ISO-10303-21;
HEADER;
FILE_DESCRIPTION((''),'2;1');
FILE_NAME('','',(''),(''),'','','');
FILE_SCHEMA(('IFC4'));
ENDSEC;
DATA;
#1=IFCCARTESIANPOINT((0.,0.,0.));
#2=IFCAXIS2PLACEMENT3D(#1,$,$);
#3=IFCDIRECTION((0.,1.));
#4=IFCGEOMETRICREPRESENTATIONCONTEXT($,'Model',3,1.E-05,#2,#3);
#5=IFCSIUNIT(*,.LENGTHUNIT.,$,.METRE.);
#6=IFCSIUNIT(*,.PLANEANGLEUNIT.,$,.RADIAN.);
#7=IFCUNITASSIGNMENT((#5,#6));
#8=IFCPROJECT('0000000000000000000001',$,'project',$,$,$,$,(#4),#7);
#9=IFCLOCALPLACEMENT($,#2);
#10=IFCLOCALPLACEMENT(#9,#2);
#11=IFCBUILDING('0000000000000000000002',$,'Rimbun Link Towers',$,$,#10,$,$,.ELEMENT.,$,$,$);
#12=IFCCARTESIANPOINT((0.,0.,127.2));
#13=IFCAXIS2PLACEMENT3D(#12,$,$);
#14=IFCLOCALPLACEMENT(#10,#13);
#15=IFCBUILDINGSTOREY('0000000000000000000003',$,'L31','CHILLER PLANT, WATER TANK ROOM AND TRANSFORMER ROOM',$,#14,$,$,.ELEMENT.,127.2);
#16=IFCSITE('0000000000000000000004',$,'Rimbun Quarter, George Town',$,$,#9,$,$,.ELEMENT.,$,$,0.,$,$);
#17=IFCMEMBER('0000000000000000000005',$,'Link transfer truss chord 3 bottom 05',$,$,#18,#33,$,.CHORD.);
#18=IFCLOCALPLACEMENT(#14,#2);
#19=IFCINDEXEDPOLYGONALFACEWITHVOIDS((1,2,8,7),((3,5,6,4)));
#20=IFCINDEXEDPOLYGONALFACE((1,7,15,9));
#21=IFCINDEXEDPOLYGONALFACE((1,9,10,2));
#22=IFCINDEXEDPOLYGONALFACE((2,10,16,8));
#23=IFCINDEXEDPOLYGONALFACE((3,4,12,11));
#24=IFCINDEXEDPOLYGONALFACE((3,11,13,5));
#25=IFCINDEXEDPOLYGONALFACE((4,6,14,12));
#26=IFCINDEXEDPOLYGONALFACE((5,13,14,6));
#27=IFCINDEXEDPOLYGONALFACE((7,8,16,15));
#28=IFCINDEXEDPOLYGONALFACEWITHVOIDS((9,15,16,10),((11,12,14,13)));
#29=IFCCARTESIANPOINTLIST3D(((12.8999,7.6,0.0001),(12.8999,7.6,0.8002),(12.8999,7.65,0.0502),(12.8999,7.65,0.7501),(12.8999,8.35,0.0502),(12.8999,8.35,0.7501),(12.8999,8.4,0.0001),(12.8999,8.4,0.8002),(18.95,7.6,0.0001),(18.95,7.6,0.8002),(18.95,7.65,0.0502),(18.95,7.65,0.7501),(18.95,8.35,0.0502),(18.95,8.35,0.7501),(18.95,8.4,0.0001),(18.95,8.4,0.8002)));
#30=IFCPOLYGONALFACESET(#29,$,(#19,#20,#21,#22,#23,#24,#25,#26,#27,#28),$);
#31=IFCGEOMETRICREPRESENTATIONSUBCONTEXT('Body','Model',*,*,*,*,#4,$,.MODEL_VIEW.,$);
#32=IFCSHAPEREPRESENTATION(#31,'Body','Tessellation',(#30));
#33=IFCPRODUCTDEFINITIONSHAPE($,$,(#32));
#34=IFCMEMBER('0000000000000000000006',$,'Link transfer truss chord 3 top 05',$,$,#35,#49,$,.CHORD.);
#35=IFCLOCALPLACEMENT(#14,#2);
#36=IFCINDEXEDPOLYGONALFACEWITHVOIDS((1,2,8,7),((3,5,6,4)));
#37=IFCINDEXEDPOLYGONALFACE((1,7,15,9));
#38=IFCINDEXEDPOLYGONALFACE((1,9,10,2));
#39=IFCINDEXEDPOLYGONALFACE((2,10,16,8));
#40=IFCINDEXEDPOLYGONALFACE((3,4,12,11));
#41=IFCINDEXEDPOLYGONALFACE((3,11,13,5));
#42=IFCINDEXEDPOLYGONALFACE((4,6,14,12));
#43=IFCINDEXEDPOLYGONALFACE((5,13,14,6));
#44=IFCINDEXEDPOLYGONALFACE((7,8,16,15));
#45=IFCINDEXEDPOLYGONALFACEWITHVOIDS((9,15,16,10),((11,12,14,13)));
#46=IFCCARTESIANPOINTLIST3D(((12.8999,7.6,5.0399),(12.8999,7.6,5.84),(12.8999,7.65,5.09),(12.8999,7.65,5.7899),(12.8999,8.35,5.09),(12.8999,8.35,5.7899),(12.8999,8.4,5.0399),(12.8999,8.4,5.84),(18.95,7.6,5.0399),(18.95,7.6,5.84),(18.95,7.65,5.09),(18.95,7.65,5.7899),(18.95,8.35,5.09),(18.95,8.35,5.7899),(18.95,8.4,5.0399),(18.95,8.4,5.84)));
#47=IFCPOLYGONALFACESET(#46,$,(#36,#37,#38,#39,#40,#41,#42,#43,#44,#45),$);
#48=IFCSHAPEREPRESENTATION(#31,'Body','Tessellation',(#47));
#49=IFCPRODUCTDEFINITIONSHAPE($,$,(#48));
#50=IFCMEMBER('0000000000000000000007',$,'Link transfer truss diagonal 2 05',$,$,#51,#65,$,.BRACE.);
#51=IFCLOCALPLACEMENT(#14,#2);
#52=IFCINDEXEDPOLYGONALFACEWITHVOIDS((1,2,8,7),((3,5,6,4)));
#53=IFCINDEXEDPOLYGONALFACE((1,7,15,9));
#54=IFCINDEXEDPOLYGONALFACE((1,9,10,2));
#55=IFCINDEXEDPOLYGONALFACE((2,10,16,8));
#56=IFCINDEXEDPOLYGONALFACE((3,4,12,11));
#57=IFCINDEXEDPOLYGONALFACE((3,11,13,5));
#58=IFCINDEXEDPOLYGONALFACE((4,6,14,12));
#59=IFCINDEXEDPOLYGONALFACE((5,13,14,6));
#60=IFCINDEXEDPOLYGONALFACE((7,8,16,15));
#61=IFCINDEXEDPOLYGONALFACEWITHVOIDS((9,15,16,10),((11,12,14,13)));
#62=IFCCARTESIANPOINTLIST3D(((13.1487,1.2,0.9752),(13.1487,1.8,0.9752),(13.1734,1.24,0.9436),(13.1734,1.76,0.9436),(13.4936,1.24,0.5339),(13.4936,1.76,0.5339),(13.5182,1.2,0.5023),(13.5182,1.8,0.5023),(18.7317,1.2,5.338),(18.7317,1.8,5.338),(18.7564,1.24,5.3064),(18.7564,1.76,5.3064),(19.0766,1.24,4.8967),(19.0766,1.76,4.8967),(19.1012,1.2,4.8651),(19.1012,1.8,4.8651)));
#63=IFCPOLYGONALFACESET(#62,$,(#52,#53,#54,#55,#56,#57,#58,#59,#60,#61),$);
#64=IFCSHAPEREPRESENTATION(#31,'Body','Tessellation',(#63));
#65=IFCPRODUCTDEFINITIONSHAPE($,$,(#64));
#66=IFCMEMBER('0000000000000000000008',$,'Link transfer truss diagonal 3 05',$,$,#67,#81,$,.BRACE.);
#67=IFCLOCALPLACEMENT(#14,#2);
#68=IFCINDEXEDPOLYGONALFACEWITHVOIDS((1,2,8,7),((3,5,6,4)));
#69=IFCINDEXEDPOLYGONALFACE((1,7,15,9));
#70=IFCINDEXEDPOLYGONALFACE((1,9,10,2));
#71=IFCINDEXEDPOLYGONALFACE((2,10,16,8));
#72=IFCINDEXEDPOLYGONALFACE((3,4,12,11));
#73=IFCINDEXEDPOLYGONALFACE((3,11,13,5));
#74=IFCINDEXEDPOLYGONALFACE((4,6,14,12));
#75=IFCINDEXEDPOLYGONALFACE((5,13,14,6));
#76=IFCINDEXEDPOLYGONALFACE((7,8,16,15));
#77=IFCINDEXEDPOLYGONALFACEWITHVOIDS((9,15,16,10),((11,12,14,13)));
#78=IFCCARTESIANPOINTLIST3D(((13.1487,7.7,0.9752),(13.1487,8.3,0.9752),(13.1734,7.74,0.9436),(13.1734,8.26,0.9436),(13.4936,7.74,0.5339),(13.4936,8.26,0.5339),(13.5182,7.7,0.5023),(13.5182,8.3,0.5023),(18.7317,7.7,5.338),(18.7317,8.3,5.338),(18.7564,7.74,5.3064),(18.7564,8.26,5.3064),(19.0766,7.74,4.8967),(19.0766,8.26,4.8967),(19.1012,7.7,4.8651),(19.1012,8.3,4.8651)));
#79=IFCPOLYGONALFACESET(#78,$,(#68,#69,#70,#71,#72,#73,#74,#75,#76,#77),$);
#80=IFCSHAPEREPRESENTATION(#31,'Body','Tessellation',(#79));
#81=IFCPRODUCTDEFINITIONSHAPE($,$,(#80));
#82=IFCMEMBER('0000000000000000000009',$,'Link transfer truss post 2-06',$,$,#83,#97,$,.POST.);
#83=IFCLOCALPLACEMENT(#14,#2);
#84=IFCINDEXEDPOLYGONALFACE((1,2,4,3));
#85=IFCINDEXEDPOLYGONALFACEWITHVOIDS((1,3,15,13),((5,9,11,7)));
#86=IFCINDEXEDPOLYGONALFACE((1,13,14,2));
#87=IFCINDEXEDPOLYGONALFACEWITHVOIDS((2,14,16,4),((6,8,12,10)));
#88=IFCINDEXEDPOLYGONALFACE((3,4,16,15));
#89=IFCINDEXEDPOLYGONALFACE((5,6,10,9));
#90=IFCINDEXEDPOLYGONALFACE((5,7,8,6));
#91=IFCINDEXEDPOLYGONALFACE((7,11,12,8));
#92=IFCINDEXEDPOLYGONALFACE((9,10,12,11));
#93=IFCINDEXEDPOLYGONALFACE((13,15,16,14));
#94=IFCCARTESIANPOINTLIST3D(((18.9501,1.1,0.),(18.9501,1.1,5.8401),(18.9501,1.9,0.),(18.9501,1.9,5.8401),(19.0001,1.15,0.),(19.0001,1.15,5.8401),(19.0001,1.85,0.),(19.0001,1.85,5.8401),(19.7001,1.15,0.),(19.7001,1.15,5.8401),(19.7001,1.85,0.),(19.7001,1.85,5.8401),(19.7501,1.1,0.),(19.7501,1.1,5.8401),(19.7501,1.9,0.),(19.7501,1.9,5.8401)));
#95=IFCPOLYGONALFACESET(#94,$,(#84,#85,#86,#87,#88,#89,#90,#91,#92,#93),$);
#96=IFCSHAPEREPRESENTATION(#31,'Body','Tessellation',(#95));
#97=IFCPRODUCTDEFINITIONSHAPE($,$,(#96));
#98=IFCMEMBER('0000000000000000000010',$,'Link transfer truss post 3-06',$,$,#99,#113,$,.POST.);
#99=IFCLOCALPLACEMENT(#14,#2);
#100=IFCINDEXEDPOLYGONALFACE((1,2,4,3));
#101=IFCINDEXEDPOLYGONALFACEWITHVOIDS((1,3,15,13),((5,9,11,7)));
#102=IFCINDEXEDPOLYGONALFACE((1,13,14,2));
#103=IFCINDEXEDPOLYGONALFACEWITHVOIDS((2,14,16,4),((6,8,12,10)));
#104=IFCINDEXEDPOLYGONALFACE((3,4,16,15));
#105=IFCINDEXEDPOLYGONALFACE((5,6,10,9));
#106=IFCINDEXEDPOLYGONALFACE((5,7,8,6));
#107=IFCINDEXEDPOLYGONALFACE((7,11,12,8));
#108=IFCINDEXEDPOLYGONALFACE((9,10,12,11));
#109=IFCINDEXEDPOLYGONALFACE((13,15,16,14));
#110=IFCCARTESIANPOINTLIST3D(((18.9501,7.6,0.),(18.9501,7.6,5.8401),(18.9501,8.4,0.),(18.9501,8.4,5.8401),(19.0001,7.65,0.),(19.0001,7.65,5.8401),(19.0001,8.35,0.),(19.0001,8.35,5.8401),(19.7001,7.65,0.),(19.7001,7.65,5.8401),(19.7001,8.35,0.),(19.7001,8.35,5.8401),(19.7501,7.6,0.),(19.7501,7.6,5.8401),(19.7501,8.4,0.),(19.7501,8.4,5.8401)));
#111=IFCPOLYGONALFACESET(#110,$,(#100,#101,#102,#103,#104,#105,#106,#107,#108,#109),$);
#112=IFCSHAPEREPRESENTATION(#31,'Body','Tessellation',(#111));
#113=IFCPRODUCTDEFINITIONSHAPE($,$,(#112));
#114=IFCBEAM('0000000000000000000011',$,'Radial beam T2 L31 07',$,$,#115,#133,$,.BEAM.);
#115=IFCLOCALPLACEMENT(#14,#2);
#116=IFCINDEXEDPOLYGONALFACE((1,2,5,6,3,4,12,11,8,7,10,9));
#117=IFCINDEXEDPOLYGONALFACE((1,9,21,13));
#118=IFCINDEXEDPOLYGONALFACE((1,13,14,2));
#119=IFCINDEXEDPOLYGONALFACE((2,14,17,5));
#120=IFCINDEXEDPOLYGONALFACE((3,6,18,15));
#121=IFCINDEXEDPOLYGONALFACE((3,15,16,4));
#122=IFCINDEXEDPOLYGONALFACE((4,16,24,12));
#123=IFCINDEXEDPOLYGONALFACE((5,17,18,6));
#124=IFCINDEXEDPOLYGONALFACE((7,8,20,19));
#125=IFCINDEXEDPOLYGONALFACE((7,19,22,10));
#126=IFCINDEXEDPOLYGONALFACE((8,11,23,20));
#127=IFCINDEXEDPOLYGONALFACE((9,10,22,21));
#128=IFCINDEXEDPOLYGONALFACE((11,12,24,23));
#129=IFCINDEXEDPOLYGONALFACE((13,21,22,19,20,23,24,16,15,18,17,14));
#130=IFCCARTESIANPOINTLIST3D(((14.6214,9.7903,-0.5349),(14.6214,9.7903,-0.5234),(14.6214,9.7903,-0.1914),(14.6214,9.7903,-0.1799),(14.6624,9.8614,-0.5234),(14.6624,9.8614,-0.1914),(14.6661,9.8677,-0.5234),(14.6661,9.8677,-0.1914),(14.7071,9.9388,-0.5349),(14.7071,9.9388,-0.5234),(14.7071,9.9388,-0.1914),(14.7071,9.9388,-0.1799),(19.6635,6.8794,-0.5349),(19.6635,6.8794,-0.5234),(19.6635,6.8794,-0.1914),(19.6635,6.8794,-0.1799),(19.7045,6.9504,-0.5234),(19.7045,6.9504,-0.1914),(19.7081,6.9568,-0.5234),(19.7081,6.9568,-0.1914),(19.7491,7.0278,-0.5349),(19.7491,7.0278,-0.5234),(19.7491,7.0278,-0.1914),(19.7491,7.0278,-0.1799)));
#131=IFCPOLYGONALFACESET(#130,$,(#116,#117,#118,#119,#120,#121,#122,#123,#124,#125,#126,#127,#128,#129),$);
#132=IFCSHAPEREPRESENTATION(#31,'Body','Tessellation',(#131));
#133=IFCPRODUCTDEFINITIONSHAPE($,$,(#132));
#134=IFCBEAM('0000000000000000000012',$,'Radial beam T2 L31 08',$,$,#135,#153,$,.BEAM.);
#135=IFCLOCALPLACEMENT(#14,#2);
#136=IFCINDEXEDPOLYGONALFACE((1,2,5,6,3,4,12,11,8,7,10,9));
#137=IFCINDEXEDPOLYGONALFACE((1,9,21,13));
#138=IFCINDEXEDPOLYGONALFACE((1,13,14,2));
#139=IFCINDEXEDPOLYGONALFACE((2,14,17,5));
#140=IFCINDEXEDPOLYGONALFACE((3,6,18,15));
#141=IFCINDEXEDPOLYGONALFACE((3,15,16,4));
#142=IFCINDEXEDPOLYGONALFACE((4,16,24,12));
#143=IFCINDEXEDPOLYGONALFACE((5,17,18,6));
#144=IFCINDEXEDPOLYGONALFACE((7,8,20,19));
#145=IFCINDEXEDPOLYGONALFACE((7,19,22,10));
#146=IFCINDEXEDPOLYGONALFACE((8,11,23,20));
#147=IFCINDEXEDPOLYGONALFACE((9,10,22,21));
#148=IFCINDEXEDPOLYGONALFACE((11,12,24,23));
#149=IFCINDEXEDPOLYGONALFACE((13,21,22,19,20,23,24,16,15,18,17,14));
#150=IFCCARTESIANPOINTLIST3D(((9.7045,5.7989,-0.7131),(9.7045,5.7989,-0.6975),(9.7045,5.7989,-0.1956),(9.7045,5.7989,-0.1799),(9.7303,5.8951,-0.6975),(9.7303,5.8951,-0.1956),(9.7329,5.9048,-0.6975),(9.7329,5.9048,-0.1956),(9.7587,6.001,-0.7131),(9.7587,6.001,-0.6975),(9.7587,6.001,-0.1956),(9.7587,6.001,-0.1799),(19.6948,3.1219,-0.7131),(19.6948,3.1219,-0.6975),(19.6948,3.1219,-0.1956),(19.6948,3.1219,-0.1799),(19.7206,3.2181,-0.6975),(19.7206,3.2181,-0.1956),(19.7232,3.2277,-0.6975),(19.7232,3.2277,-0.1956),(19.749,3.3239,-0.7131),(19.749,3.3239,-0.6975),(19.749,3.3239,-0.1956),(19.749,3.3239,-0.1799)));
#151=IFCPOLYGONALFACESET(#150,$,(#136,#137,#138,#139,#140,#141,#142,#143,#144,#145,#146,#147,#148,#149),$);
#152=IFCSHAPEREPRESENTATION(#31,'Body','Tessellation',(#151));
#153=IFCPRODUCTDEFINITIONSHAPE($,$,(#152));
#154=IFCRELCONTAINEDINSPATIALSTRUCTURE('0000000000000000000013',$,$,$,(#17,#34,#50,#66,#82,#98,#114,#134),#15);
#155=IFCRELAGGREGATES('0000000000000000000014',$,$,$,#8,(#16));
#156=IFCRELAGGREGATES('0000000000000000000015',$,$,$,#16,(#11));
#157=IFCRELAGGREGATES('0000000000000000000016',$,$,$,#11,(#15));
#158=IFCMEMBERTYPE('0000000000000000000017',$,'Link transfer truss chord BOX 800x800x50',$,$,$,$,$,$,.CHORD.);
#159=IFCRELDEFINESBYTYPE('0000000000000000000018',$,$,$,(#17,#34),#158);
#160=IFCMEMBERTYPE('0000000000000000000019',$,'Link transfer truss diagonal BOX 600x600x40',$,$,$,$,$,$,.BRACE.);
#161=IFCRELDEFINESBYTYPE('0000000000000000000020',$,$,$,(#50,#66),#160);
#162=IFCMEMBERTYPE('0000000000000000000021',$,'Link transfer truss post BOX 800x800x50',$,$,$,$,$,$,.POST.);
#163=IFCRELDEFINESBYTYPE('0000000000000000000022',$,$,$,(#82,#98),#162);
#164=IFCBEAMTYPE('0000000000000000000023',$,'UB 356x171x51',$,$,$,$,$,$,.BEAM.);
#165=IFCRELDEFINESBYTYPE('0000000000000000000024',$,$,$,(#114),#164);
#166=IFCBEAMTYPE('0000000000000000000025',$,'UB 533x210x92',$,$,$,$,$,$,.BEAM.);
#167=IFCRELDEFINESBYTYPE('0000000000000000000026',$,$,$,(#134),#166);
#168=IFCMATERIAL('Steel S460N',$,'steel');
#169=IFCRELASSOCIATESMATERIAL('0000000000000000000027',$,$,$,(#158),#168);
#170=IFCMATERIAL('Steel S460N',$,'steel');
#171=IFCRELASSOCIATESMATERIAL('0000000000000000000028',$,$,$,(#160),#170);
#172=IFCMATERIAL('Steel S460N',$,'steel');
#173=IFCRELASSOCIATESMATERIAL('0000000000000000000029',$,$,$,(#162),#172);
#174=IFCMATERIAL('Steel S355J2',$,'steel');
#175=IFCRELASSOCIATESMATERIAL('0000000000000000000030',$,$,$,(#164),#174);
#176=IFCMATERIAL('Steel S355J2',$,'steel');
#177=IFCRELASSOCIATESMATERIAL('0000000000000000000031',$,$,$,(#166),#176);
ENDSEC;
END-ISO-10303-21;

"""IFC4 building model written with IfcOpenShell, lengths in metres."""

from ifc_helpers import new_model, si_unit, direction, frame, origin, origin_2d, place, context, subcontext, project, spatial, hollow_rectangle, i_section, extrude, material, material_profile, profile_set, type_object, element, save


model = new_model("IFC4")

# Units and contexts
model_context = context("Model", 3, precision=1e-05, world=origin(), true_north=direction((0.0, 1.0)))
body_context = subcontext(model_context, "Body", "Model", "MODEL_VIEW")
ifc_project = project(units=[si_unit("LENGTHUNIT", "METRE"), si_unit("PLANEANGLEUNIT", "RADIAN")], contexts=[model_context])

# Site, building, storey
site_placement = place(None, origin())
site = spatial("IfcSite", under=ifc_project, at=site_placement, Name="Rimbun Quarter, George Town", CompositionType="ELEMENT", RefElevation=0.0)
building_placement = place(site_placement, origin())
building = spatial("IfcBuilding", under=site, at=building_placement, Name="Rimbun Link Towers", CompositionType="ELEMENT")
storey_placement = place(building_placement, frame((0.0, 0.0, 127.2)))
storey = spatial("IfcBuildingStorey", under=building, at=storey_placement, Name="L31", Description="CHILLER PLANT, WATER TANK ROOM AND TRANSFORMER ROOM", CompositionType="ELEMENT", Elevation=127.2)

# Members
ifc_material_1 = material(Name="Steel S460N", Category="steel")
ifc_material_profile_1 = material_profile(ifc_material_1, hollow_rectangle(XDim=0.8, YDim=0.8, WallThickness=0.05, at=origin_2d()), Name="Link transfer truss chord BOX 800x800x50")
ifc_profile_set_1 = profile_set([ifc_material_profile_1], Name="Steel S460N")
member_type_1 = type_object("IfcMemberType", Name="Link transfer truss chord BOX 800x800x50", PredefinedType="CHORD", material=ifc_profile_set_1)
for number, where, z_axis, x_axis, name in (
    (1, (12.8999, 8.0, 0.4001), (1.0, 0.0, 0.0), (0.0, 1.0, 0.0), "Link transfer truss chord 3 bottom 05"),
    (2, (12.8999, 8.0, 5.4399), (1.0, 0.0, 0.0), (0.0, 1.0, 0.0), "Link transfer truss chord 3 top 05"),
):
    element("IfcMember", number, at=place(storey_placement, frame(where, z_axis=z_axis, x_axis=x_axis)), inside=storey, type_object=member_type_1, Name=name, PredefinedType="CHORD", context=body_context, shape_type="SweptSolid", body=[
        extrude(hollow_rectangle(XDim=0.8, YDim=0.8, WallThickness=0.05, at=origin_2d()), origin(), (0.0, 0.0, 1.0), 6.05),
    ])
ifc_material_2 = material(Name="Steel S460N", Category="steel")
ifc_material_profile_2 = material_profile(ifc_material_2, hollow_rectangle(XDim=0.6001, YDim=0.6001, WallThickness=0.04, at=origin_2d()), Name="Link transfer truss diagonal BOX 600x600x40")
ifc_profile_set_2 = profile_set([ifc_material_profile_2], Name="Steel S460N")
member_type_2 = type_object("IfcMemberType", Name="Link transfer truss diagonal BOX 600x600x40", PredefinedType="BRACE", material=ifc_profile_set_2)
for number, where, z_axis, x_axis, name in (
    (3, (13.3335, 1.5, 0.7388), (0.787951, 0.0, 0.615738), (0.0, 1.0, 0.0), "Link transfer truss diagonal 2 05"),
    (4, (13.3335, 8.0, 0.7388), (0.787951, 0.0, 0.615738), (0.0, 1.0, 0.0), "Link transfer truss diagonal 3 05"),
):
    element("IfcMember", number, at=place(storey_placement, frame(where, z_axis=z_axis, x_axis=x_axis)), inside=storey, type_object=member_type_2, Name=name, PredefinedType="BRACE", context=body_context, shape_type="SweptSolid", body=[
        extrude(hollow_rectangle(XDim=0.6001, YDim=0.6001, WallThickness=0.04, at=origin_2d()), origin(), (0.0, 0.0, 1.0), 7.0854),
    ])
ifc_material_3 = material(Name="Steel S460N", Category="steel")
ifc_material_profile_3 = material_profile(ifc_material_3, hollow_rectangle(XDim=0.8, YDim=0.8, WallThickness=0.05, at=origin_2d()), Name="Link transfer truss post BOX 800x800x50")
ifc_profile_set_3 = profile_set([ifc_material_profile_3], Name="Steel S460N")
member_type_3 = type_object("IfcMemberType", Name="Link transfer truss post BOX 800x800x50", PredefinedType="POST", material=ifc_profile_set_3)
for number, where, z_axis, x_axis, name in (
    (5, (19.3501, 1.5, 0.0), (0.0, 0.0, 1.0), (1.0, 0.0, 0.0), "Link transfer truss post 2-06"),
    (6, (19.3501, 8.0, 0.0), (0.0, 0.0, 1.0), (1.0, 0.0, 0.0), "Link transfer truss post 3-06"),
):
    element("IfcMember", number, at=place(storey_placement, frame(where, z_axis=z_axis, x_axis=x_axis)), inside=storey, type_object=member_type_3, Name=name, PredefinedType="POST", context=body_context, shape_type="SweptSolid", body=[
        extrude(hollow_rectangle(XDim=0.8, YDim=0.8, WallThickness=0.05, at=origin_2d()), origin(), (0.0, 0.0, 1.0), 5.8401),
    ])

# Beams
ifc_material_4 = material(Name="Steel S355J2", Category="steel")
ifc_material_profile_4 = material_profile(ifc_material_4, i_section(OverallWidth=0.1714, OverallDepth=0.355, WebThickness=0.0073, FlangeThickness=0.0115, at=origin_2d()), Name="UB 356x171x51")
ifc_profile_set_4 = profile_set([ifc_material_profile_4], Name="Steel S355J2")
beam_type_1 = type_object("IfcBeamType", Name="UB 356x171x51", PredefinedType="BEAM", material=ifc_profile_set_4)
beam_1_placement = place(storey_placement, frame((19.7063, 6.9536, -0.3574), z_axis=(-0.866033, 0.499986, 0.0), x_axis=(-0.499986, -0.866033, 0.0)))
element("IfcBeam", 7, at=beam_1_placement, inside=storey, type_object=beam_type_1, Name="Radial beam T2 L31 07", PredefinedType="BEAM", context=body_context, shape_type="SweptSolid", body=[
    extrude(i_section(OverallWidth=0.1714, OverallDepth=0.355, WebThickness=0.0073, FlangeThickness=0.0115, at=origin_2d()), origin(), (0.0, 0.0, 1.0), 5.822),
])
ifc_material_5 = material(Name="Steel S355J2", Category="steel")
ifc_material_profile_5 = material_profile(ifc_material_5, i_section(OverallWidth=0.2092, OverallDepth=0.5332, WebThickness=0.01, FlangeThickness=0.0156, at=origin_2d()), Name="UB 533x210x92")
ifc_profile_set_5 = profile_set([ifc_material_profile_5], Name="Steel S355J2")
beam_type_2 = type_object("IfcBeamType", Name="UB 533x210x92", PredefinedType="BEAM", material=ifc_profile_set_5)
beam_2_placement = place(storey_placement, frame((19.7219, 3.2229, -0.4465), z_axis=(-0.965923, 0.25883, 0.0), x_axis=(-0.25883, -0.965923, 0.0)))
element("IfcBeam", 8, at=beam_2_placement, inside=storey, type_object=beam_type_2, Name="Radial beam T2 L31 08", PredefinedType="BEAM", context=body_context, shape_type="SweptSolid", body=[
    extrude(i_section(OverallWidth=0.2092, OverallDepth=0.5332, WebThickness=0.01, FlangeThickness=0.0156, at=origin_2d()), origin(), (0.0, 0.0, 1.0), 10.3428),
])

save(model, "model.ifc")
